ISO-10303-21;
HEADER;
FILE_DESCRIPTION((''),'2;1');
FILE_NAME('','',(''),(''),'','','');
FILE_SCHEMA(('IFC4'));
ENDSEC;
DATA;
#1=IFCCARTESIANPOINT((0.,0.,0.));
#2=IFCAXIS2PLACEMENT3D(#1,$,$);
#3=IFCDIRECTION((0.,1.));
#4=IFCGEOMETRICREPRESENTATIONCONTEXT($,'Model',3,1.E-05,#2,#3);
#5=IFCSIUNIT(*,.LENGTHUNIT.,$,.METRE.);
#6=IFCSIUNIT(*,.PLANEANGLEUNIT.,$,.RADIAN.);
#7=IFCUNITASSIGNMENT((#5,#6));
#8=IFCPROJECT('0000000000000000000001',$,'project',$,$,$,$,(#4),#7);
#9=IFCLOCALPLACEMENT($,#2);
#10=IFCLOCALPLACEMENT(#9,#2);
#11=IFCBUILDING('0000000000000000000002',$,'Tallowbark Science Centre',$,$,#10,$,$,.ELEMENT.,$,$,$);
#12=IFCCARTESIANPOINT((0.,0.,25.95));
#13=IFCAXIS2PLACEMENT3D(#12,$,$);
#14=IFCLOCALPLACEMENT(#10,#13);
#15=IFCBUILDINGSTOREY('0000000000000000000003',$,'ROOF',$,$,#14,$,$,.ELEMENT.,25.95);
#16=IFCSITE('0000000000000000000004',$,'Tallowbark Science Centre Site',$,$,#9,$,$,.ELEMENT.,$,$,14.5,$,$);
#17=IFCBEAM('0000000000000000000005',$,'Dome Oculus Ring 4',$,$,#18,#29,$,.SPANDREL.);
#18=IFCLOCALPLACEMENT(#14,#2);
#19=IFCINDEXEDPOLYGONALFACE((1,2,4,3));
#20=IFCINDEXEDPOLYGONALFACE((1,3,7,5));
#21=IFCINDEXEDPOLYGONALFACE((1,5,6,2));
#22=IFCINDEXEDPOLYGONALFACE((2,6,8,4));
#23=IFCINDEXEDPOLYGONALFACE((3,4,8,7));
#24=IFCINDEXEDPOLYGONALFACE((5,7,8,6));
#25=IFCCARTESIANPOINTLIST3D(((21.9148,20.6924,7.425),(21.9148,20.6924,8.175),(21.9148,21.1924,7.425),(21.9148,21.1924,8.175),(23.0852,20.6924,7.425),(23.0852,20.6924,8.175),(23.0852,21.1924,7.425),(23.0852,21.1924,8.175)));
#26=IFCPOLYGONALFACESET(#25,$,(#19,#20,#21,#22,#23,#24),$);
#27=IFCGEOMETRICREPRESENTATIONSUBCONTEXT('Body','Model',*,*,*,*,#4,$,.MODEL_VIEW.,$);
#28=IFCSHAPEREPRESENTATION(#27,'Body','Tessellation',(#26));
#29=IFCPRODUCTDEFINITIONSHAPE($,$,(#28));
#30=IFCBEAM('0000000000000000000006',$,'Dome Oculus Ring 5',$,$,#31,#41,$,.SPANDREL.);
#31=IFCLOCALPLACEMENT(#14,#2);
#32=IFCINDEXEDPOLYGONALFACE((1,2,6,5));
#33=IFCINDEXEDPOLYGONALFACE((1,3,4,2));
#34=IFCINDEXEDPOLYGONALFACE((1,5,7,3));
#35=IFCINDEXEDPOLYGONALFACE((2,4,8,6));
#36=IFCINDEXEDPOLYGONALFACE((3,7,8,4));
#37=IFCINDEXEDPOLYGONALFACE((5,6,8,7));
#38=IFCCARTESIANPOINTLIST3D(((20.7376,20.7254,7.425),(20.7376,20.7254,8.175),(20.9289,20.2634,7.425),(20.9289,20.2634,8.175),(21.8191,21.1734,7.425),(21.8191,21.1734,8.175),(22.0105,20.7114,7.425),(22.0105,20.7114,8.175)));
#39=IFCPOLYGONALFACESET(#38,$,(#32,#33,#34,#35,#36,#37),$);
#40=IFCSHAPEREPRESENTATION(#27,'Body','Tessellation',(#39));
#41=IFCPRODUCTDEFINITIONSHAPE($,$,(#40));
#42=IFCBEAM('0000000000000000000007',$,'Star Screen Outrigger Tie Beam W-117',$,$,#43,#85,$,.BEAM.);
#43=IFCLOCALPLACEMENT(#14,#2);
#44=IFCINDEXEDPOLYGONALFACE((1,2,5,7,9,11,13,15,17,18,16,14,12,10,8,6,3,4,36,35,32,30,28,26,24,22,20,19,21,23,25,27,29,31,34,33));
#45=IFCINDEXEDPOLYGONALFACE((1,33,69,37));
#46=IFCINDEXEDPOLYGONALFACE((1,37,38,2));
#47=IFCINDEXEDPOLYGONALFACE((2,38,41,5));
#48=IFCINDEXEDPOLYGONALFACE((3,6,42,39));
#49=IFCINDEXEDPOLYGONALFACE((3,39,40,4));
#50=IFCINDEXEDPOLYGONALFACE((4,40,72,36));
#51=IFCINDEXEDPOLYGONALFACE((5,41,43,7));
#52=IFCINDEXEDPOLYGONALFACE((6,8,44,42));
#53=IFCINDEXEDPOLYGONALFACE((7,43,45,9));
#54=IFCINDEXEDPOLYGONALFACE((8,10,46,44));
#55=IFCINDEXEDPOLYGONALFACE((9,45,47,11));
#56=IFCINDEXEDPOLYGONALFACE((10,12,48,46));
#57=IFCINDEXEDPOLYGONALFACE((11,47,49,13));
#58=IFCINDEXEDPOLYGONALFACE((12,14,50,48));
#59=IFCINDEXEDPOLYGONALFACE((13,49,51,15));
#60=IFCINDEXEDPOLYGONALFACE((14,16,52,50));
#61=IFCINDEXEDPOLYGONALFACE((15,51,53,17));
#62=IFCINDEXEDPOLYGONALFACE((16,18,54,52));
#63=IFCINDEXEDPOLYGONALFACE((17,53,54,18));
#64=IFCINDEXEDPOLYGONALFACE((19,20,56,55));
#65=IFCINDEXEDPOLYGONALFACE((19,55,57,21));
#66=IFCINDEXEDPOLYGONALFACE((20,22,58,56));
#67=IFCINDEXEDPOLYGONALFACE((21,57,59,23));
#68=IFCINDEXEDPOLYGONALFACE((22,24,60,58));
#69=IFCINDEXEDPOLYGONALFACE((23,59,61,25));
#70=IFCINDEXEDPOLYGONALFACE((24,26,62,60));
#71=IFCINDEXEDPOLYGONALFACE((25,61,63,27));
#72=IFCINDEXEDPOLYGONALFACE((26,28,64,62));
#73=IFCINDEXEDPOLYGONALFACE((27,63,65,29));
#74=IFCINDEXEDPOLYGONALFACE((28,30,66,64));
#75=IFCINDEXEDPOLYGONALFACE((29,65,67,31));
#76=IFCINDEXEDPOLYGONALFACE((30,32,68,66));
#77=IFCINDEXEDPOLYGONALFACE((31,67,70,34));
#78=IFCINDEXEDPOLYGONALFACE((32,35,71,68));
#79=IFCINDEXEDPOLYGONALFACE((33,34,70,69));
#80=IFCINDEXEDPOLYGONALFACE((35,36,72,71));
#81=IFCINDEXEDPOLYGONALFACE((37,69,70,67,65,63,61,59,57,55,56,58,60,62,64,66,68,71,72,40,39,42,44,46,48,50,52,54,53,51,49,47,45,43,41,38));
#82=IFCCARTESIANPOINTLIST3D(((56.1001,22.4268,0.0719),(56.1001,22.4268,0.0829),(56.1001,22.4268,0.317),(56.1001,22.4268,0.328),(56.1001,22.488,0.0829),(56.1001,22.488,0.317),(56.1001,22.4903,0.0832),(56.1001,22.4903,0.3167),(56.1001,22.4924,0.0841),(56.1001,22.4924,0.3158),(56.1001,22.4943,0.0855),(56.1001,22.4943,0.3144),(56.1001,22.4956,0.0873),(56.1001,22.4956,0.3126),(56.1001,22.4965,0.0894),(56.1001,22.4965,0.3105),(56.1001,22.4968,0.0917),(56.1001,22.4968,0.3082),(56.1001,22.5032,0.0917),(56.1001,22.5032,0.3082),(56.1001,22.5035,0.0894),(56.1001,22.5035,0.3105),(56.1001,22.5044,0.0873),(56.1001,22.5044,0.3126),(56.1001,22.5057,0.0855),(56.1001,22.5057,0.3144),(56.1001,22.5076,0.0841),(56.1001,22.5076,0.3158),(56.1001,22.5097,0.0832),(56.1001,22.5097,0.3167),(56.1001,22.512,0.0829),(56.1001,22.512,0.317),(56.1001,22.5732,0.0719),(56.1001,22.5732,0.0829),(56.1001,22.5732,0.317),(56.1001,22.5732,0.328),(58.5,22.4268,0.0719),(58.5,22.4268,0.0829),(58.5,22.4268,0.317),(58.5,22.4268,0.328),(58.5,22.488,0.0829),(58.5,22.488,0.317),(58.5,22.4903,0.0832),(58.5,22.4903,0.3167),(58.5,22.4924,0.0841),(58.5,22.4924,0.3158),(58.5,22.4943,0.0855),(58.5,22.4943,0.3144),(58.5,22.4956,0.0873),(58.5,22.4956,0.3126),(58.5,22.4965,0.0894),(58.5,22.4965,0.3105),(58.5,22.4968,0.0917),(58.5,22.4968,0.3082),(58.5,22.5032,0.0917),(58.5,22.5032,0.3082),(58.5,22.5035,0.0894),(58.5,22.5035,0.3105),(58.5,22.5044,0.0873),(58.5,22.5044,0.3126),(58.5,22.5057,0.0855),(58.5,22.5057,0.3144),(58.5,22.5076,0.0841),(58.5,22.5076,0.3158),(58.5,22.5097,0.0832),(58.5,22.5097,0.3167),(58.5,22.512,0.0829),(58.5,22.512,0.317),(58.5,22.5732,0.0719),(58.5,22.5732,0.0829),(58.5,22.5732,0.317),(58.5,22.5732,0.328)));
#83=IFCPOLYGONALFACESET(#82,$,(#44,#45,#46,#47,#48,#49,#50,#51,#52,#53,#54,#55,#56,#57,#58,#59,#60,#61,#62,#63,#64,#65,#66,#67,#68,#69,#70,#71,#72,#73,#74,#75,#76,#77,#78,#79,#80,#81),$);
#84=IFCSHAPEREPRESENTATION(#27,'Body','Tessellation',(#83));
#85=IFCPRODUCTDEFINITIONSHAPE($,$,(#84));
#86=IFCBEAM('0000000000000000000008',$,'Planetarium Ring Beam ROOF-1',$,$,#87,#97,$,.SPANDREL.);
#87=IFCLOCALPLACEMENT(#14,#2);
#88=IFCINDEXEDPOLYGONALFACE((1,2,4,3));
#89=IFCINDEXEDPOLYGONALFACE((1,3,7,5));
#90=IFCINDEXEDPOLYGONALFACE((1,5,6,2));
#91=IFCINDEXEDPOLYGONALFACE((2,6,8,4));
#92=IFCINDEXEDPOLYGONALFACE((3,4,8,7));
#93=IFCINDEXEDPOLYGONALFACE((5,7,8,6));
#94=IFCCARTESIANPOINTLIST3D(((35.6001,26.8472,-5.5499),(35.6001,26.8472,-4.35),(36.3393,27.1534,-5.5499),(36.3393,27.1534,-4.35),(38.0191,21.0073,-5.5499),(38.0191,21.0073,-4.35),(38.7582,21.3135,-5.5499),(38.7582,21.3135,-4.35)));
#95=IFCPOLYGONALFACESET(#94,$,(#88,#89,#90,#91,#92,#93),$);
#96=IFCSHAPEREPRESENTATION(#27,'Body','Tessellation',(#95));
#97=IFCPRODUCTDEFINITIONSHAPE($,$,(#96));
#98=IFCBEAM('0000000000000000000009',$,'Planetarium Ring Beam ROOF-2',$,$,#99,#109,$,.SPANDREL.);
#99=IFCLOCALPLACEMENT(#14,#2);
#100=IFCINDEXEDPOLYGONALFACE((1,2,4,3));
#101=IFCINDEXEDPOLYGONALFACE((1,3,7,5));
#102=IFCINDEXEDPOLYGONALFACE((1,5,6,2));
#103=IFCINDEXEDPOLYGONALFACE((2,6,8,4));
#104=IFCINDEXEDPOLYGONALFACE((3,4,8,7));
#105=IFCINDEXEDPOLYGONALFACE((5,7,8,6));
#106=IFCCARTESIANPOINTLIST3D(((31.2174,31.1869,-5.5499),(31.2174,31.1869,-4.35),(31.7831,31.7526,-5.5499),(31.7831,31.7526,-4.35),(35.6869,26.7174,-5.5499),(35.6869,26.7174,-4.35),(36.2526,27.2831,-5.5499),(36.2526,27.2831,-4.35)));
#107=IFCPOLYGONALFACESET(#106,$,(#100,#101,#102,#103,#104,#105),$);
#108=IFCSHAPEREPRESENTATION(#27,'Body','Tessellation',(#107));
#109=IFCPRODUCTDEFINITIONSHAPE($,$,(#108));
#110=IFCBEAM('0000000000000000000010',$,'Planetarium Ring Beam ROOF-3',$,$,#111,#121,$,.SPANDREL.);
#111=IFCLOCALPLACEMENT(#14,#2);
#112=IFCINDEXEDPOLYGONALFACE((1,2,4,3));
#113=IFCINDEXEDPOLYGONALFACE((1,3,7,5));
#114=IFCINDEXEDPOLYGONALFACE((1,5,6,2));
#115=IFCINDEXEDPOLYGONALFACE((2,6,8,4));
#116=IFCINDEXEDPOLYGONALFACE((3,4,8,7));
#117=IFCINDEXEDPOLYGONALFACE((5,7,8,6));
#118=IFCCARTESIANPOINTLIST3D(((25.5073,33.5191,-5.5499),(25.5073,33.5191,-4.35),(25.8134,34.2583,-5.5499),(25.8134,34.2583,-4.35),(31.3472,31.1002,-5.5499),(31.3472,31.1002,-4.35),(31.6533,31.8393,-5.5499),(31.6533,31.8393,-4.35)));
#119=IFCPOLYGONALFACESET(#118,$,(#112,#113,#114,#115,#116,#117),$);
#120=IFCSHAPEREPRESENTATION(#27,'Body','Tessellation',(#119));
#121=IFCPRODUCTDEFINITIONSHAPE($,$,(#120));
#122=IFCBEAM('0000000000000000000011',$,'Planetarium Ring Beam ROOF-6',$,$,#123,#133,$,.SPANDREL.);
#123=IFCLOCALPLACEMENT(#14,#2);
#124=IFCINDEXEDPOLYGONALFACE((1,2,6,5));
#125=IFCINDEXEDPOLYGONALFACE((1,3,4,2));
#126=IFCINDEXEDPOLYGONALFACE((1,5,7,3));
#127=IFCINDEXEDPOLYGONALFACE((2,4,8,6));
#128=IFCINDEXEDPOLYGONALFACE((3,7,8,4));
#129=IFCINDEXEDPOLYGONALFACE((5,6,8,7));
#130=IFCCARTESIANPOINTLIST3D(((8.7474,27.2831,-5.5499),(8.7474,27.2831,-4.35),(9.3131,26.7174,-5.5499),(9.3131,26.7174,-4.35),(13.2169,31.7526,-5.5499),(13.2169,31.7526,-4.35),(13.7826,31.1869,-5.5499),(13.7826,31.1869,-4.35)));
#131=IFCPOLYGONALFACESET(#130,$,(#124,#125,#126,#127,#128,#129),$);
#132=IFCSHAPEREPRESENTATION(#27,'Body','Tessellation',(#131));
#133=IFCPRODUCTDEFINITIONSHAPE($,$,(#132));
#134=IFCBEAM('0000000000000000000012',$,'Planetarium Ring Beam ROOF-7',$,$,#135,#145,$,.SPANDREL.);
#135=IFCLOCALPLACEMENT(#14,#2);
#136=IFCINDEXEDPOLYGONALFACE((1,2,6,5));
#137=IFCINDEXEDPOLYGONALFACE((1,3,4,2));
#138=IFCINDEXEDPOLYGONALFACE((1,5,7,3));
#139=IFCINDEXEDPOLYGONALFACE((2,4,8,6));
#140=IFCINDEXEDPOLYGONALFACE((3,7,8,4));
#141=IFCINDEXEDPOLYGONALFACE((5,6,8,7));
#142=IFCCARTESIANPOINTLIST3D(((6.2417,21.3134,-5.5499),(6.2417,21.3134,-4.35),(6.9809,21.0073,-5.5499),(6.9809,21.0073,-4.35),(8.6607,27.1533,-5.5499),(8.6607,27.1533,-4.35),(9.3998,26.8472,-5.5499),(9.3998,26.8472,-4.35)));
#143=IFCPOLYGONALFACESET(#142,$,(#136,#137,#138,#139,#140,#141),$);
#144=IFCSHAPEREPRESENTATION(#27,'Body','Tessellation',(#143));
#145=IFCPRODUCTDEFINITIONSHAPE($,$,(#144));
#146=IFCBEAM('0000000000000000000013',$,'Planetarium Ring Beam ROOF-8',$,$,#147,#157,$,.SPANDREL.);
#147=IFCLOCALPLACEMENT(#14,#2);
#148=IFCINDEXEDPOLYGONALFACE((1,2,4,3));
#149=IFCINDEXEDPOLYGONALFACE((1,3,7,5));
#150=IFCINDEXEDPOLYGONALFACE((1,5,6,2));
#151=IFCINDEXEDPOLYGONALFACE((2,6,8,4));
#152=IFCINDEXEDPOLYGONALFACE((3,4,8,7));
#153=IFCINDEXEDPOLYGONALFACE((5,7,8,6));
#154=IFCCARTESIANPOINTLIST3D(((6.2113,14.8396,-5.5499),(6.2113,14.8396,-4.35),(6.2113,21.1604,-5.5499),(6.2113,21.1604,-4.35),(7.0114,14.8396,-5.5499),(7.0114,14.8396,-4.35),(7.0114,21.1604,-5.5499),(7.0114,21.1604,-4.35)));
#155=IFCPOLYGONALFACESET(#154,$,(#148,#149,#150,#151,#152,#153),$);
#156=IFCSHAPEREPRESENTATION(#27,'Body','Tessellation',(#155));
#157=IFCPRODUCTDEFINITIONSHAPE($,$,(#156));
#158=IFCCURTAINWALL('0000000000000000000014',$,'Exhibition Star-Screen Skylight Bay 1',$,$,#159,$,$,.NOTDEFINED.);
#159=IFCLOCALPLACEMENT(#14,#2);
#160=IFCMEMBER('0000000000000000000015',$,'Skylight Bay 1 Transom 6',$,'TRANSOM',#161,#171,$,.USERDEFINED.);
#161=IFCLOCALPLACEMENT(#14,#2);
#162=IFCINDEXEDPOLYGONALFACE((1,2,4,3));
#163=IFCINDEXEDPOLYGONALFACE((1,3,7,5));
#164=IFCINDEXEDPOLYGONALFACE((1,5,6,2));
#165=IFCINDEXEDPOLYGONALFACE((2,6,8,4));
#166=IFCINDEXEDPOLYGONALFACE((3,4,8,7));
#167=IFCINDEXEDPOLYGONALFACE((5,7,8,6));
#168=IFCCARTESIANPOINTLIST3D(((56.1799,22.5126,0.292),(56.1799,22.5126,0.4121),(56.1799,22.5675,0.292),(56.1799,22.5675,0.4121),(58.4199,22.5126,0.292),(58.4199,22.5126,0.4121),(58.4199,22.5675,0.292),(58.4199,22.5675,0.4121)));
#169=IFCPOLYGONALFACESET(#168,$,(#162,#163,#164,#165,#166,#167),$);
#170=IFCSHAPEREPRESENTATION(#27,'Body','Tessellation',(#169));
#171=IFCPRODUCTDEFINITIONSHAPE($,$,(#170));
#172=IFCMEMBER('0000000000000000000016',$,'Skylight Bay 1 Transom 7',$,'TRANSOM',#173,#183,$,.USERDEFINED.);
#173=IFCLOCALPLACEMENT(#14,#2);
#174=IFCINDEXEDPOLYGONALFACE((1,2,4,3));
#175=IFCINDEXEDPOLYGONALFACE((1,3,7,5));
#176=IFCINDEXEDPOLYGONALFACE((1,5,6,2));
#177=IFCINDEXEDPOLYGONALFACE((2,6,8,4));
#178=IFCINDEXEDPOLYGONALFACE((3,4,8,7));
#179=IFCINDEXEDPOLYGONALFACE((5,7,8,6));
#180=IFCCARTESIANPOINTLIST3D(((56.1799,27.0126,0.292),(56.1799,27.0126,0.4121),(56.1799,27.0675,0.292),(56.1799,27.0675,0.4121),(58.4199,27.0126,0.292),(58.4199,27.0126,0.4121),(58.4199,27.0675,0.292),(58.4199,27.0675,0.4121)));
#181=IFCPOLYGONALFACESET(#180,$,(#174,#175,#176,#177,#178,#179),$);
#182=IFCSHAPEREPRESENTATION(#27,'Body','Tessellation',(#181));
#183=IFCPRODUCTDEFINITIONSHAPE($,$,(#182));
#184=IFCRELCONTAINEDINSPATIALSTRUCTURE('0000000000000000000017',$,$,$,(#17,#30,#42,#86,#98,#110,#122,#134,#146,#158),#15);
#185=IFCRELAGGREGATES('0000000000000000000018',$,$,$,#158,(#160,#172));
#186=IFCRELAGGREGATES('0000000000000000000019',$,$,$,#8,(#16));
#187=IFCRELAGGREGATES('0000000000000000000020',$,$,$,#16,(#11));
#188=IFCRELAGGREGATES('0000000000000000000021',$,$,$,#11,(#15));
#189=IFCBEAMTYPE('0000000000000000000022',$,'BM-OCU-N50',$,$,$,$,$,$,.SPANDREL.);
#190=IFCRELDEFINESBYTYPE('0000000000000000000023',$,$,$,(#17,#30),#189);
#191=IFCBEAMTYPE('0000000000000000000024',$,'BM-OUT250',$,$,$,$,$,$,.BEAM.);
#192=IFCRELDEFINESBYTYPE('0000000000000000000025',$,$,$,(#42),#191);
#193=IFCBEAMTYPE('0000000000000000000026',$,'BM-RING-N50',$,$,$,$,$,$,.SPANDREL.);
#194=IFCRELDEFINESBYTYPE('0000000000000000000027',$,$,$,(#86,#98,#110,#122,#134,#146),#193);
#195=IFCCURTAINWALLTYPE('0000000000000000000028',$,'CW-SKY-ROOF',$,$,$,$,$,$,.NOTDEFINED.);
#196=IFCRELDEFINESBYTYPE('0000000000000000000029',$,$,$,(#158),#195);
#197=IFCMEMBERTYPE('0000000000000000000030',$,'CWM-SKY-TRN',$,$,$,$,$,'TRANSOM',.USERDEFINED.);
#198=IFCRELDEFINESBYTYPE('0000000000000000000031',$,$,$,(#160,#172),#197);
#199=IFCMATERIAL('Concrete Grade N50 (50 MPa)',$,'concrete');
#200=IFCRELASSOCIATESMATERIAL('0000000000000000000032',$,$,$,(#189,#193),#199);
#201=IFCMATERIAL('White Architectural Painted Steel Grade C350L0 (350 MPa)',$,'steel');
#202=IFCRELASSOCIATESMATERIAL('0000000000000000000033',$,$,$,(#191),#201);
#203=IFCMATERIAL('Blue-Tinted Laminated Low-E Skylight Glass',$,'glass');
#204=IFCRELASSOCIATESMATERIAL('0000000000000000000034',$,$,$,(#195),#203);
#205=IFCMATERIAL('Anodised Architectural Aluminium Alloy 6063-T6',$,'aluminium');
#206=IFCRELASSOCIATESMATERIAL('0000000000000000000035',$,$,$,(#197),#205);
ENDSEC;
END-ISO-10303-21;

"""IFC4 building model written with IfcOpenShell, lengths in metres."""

from ifc_helpers import new_model, si_unit, direction, frame, origin, origin_2d, place, context, subcontext, project, spatial, rectangle, i_section, extrude, material, material_profile, profile_set, type_object, element, aggregate, save


model = new_model("IFC4")

# Units and contexts
model_context = context("Model", 3, precision=1e-05, world=origin(), true_north=direction((0.0, 1.0)))
body_context = subcontext(model_context, "Body", "Model", "MODEL_VIEW")
ifc_project = project(units=[si_unit("LENGTHUNIT", "METRE"), si_unit("PLANEANGLEUNIT", "RADIAN")], contexts=[model_context])

# Site, building, storey
site_placement = place(None, origin())
site = spatial("IfcSite", under=ifc_project, at=site_placement, Name="Tallowbark Science Centre Site", CompositionType="ELEMENT", RefElevation=14.5)
building_placement = place(site_placement, origin())
building = spatial("IfcBuilding", under=site, at=building_placement, Name="Tallowbark Science Centre", CompositionType="ELEMENT")
storey_placement = place(building_placement, frame((0.0, 0.0, 25.95)))
storey = spatial("IfcBuildingStorey", under=building, at=storey_placement, Name="ROOF", CompositionType="ELEMENT", Elevation=25.95)

# Beams
ifc_material_1 = material(Name="Concrete Grade N50 (50 MPa)", Category="concrete")
ifc_material_profile_1 = material_profile(ifc_material_1, rectangle(XDim=0.5, YDim=0.75, at=origin_2d()), Name="RC500x750")
ifc_profile_set_1 = profile_set([ifc_material_profile_1], Name="Concrete Grade N50 (50 MPa)")
beam_type_1 = type_object("IfcBeamType", Name="BM-OCU-N50", PredefinedType="SPANDREL", material=ifc_profile_set_1)
beam_1_placement = place(storey_placement, frame((23.0852, 20.9424, 7.8), z_axis=(-1.0, 0.0, 0.0), x_axis=(0.0, -1.0, 0.0)))
element("IfcBeam", 1, at=beam_1_placement, inside=storey, type_object=beam_type_1, Name="Dome Oculus Ring 4", PredefinedType="SPANDREL", context=body_context, shape_type="SweptSolid", body=[
    extrude(rectangle(XDim=0.5, YDim=0.75, at=origin_2d()), origin(), (0.0, 0.0, 1.0), 1.1704),
])
beam_2_placement = place(storey_placement, frame((21.9148, 20.9424, 7.8), z_axis=(-0.923877, -0.382689, 0.0), x_axis=(0.382689, -0.923877, 0.0)))
element("IfcBeam", 2, at=beam_2_placement, inside=storey, type_object=beam_type_1, Name="Dome Oculus Ring 5", PredefinedType="SPANDREL", context=body_context, shape_type="SweptSolid", body=[
    extrude(rectangle(XDim=0.5, YDim=0.75, at=origin_2d()), origin(), (0.0, 0.0, 1.0), 1.1707),
])
ifc_material_2 = material(Name="White Architectural Painted Steel Grade C350L0 (350 MPa)", Category="steel")
ifc_material_profile_2 = material_profile(ifc_material_2, i_section(OverallWidth=0.1465, OverallDepth=0.2561, WebThickness=0.0063, FlangeThickness=0.011, FilletRadius=0.0088, at=origin_2d()), Name="250UB37.3")
ifc_profile_set_2 = profile_set([ifc_material_profile_2], Name="White Architectural Painted Steel Grade C350L0 (350 MPa)")
beam_type_2 = type_object("IfcBeamType", Name="BM-OUT250", PredefinedType="BEAM", material=ifc_profile_set_2)
beam_3_placement = place(storey_placement, frame((58.5, 22.5, 0.2), z_axis=(-1.0, 0.0, 0.0), x_axis=(0.0, -1.0, 0.0)))
element("IfcBeam", 3, at=beam_3_placement, inside=storey, type_object=beam_type_2, Name="Star Screen Outrigger Tie Beam W-117", PredefinedType="BEAM", context=body_context, shape_type="SweptSolid", body=[
    extrude(i_section(OverallWidth=0.1465, OverallDepth=0.2561, WebThickness=0.0063, FlangeThickness=0.011, FilletRadius=0.0088, at=origin_2d()), origin(), (0.0, 0.0, 1.0), 2.3999),
])
ifc_material_profile_3 = material_profile(ifc_material_1, rectangle(XDim=0.8, YDim=1.2, at=origin_2d()), Name="RC800x1200")
ifc_profile_set_3 = profile_set([ifc_material_profile_3], Name="Concrete Grade N50 (50 MPa)")
beam_type_3 = type_object("IfcBeamType", Name="BM-RING-N50", PredefinedType="SPANDREL", material=ifc_profile_set_3)
beam_4_placement = place(storey_placement, frame((38.3887, 21.1604, -4.95), z_axis=(-0.382684, 0.923879, 0.0), x_axis=(-0.923879, -0.382684, 0.0)))
element("IfcBeam", 4, at=beam_4_placement, inside=storey, type_object=beam_type_3, Name="Planetarium Ring Beam ROOF-1", PredefinedType="SPANDREL", context=body_context, shape_type="SweptSolid", body=[
    extrude(rectangle(XDim=0.8, YDim=1.2, at=origin_2d()), origin(), (0.0, 0.0, 1.0), 6.321),
])
beam_5_placement = place(storey_placement, frame((35.9697, 27.0002, -4.95), z_axis=(-0.707107, 0.707107, 0.0), x_axis=(-0.707107, -0.707107, 0.0)))
element("IfcBeam", 5, at=beam_5_placement, inside=storey, type_object=beam_type_3, Name="Planetarium Ring Beam ROOF-2", PredefinedType="SPANDREL", context=body_context, shape_type="SweptSolid", body=[
    extrude(rectangle(XDim=0.8, YDim=1.2, at=origin_2d()), origin(), (0.0, 0.0, 1.0), 6.3208),
])
beam_6_placement = place(storey_placement, frame((31.5002, 31.4697, -4.95), z_axis=(-0.923879, 0.382684, 0.0), x_axis=(-0.382684, -0.923879, 0.0)))
element("IfcBeam", 6, at=beam_6_placement, inside=storey, type_object=beam_type_3, Name="Planetarium Ring Beam ROOF-3", PredefinedType="SPANDREL", context=body_context, shape_type="SweptSolid", body=[
    extrude(rectangle(XDim=0.8, YDim=1.2, at=origin_2d()), origin(), (0.0, 0.0, 1.0), 6.321),
])
beam_7_placement = place(storey_placement, frame((13.4998, 31.4697, -4.95), z_axis=(-0.707107, -0.707107, 0.0), x_axis=(0.707107, -0.707107, 0.0)))
element("IfcBeam", 7, at=beam_7_placement, inside=storey, type_object=beam_type_3, Name="Planetarium Ring Beam ROOF-6", PredefinedType="SPANDREL", context=body_context, shape_type="SweptSolid", body=[
    extrude(rectangle(XDim=0.8, YDim=1.2, at=origin_2d()), origin(), (0.0, 0.0, 1.0), 6.3208),
])
beam_8_placement = place(storey_placement, frame((9.0303, 27.0002, -4.95), z_axis=(-0.382684, -0.923879, 0.0), x_axis=(0.923879, -0.382684, 0.0)))
element("IfcBeam", 8, at=beam_8_placement, inside=storey, type_object=beam_type_3, Name="Planetarium Ring Beam ROOF-7", PredefinedType="SPANDREL", context=body_context, shape_type="SweptSolid", body=[
    extrude(rectangle(XDim=0.8, YDim=1.2, at=origin_2d()), origin(), (0.0, 0.0, 1.0), 6.321),
])
beam_9_placement = place(storey_placement, frame((6.6113, 21.1604, -4.95), z_axis=(0.0, -1.0, 0.0), x_axis=(1.0, 0.0, 0.0)))
element("IfcBeam", 9, at=beam_9_placement, inside=storey, type_object=beam_type_3, Name="Planetarium Ring Beam ROOF-8", PredefinedType="SPANDREL", context=body_context, shape_type="SweptSolid", body=[
    extrude(rectangle(XDim=0.8, YDim=1.2, at=origin_2d()), origin(), (0.0, 0.0, 1.0), 6.3208),
])

# Curtain wall, members
ifc_material_3 = material(Name="Blue-Tinted Laminated Low-E Skylight Glass", Category="glass")
curtain_wall_type = type_object("IfcCurtainWallType", Name="CW-SKY-ROOF", PredefinedType="NOTDEFINED", material=ifc_material_3)
curtain_wall_placement = place(storey_placement, origin())
curtain_wall = element("IfcCurtainWall", 10, at=curtain_wall_placement, inside=storey, type_object=curtain_wall_type, Name="Exhibition Star-Screen Skylight Bay 1", PredefinedType="NOTDEFINED")
ifc_material_4 = material(Name="Anodised Architectural Aluminium Alloy 6063-T6", Category="aluminium")
ifc_material_profile_4 = material_profile(ifc_material_4, rectangle(XDim=0.0549, YDim=0.1201, at=origin_2d()), Name="ALU55x120")
ifc_profile_set_4 = profile_set([ifc_material_profile_4], Name="Anodised Architectural Aluminium Alloy 6063-T6")
member_type_1 = type_object("IfcMemberType", Name="CWM-SKY-TRN", ElementType="TRANSOM", PredefinedType="USERDEFINED", material=ifc_profile_set_4)
member_1_placement = place(storey_placement, frame((56.1799, 22.54, 0.3521), z_axis=(1.0, 0.0, 0.0), x_axis=(0.0, 1.0, 0.0)))
member_1 = element("IfcMember", 11, at=member_1_placement, type_object=member_type_1, Name="Skylight Bay 1 Transom 6", ObjectType="TRANSOM", PredefinedType="USERDEFINED", context=body_context, shape_type="SweptSolid", body=[
    extrude(rectangle(XDim=0.0549, YDim=0.1201, at=origin_2d()), origin(), (0.0, 0.0, 1.0), 2.24),
])
member_2_placement = place(storey_placement, frame((56.1799, 27.04, 0.3521), z_axis=(1.0, 0.0, 0.0), x_axis=(0.0, 1.0, 0.0)))
member_2 = element("IfcMember", 12, at=member_2_placement, type_object=member_type_1, Name="Skylight Bay 1 Transom 7", ObjectType="TRANSOM", PredefinedType="USERDEFINED", context=body_context, shape_type="SweptSolid", body=[
    extrude(rectangle(XDim=0.0549, YDim=0.1201, at=origin_2d()), origin(), (0.0, 0.0, 1.0), 2.24),
])

aggregate(curtain_wall, [member_1, member_2])

save(model, "model.ifc")
